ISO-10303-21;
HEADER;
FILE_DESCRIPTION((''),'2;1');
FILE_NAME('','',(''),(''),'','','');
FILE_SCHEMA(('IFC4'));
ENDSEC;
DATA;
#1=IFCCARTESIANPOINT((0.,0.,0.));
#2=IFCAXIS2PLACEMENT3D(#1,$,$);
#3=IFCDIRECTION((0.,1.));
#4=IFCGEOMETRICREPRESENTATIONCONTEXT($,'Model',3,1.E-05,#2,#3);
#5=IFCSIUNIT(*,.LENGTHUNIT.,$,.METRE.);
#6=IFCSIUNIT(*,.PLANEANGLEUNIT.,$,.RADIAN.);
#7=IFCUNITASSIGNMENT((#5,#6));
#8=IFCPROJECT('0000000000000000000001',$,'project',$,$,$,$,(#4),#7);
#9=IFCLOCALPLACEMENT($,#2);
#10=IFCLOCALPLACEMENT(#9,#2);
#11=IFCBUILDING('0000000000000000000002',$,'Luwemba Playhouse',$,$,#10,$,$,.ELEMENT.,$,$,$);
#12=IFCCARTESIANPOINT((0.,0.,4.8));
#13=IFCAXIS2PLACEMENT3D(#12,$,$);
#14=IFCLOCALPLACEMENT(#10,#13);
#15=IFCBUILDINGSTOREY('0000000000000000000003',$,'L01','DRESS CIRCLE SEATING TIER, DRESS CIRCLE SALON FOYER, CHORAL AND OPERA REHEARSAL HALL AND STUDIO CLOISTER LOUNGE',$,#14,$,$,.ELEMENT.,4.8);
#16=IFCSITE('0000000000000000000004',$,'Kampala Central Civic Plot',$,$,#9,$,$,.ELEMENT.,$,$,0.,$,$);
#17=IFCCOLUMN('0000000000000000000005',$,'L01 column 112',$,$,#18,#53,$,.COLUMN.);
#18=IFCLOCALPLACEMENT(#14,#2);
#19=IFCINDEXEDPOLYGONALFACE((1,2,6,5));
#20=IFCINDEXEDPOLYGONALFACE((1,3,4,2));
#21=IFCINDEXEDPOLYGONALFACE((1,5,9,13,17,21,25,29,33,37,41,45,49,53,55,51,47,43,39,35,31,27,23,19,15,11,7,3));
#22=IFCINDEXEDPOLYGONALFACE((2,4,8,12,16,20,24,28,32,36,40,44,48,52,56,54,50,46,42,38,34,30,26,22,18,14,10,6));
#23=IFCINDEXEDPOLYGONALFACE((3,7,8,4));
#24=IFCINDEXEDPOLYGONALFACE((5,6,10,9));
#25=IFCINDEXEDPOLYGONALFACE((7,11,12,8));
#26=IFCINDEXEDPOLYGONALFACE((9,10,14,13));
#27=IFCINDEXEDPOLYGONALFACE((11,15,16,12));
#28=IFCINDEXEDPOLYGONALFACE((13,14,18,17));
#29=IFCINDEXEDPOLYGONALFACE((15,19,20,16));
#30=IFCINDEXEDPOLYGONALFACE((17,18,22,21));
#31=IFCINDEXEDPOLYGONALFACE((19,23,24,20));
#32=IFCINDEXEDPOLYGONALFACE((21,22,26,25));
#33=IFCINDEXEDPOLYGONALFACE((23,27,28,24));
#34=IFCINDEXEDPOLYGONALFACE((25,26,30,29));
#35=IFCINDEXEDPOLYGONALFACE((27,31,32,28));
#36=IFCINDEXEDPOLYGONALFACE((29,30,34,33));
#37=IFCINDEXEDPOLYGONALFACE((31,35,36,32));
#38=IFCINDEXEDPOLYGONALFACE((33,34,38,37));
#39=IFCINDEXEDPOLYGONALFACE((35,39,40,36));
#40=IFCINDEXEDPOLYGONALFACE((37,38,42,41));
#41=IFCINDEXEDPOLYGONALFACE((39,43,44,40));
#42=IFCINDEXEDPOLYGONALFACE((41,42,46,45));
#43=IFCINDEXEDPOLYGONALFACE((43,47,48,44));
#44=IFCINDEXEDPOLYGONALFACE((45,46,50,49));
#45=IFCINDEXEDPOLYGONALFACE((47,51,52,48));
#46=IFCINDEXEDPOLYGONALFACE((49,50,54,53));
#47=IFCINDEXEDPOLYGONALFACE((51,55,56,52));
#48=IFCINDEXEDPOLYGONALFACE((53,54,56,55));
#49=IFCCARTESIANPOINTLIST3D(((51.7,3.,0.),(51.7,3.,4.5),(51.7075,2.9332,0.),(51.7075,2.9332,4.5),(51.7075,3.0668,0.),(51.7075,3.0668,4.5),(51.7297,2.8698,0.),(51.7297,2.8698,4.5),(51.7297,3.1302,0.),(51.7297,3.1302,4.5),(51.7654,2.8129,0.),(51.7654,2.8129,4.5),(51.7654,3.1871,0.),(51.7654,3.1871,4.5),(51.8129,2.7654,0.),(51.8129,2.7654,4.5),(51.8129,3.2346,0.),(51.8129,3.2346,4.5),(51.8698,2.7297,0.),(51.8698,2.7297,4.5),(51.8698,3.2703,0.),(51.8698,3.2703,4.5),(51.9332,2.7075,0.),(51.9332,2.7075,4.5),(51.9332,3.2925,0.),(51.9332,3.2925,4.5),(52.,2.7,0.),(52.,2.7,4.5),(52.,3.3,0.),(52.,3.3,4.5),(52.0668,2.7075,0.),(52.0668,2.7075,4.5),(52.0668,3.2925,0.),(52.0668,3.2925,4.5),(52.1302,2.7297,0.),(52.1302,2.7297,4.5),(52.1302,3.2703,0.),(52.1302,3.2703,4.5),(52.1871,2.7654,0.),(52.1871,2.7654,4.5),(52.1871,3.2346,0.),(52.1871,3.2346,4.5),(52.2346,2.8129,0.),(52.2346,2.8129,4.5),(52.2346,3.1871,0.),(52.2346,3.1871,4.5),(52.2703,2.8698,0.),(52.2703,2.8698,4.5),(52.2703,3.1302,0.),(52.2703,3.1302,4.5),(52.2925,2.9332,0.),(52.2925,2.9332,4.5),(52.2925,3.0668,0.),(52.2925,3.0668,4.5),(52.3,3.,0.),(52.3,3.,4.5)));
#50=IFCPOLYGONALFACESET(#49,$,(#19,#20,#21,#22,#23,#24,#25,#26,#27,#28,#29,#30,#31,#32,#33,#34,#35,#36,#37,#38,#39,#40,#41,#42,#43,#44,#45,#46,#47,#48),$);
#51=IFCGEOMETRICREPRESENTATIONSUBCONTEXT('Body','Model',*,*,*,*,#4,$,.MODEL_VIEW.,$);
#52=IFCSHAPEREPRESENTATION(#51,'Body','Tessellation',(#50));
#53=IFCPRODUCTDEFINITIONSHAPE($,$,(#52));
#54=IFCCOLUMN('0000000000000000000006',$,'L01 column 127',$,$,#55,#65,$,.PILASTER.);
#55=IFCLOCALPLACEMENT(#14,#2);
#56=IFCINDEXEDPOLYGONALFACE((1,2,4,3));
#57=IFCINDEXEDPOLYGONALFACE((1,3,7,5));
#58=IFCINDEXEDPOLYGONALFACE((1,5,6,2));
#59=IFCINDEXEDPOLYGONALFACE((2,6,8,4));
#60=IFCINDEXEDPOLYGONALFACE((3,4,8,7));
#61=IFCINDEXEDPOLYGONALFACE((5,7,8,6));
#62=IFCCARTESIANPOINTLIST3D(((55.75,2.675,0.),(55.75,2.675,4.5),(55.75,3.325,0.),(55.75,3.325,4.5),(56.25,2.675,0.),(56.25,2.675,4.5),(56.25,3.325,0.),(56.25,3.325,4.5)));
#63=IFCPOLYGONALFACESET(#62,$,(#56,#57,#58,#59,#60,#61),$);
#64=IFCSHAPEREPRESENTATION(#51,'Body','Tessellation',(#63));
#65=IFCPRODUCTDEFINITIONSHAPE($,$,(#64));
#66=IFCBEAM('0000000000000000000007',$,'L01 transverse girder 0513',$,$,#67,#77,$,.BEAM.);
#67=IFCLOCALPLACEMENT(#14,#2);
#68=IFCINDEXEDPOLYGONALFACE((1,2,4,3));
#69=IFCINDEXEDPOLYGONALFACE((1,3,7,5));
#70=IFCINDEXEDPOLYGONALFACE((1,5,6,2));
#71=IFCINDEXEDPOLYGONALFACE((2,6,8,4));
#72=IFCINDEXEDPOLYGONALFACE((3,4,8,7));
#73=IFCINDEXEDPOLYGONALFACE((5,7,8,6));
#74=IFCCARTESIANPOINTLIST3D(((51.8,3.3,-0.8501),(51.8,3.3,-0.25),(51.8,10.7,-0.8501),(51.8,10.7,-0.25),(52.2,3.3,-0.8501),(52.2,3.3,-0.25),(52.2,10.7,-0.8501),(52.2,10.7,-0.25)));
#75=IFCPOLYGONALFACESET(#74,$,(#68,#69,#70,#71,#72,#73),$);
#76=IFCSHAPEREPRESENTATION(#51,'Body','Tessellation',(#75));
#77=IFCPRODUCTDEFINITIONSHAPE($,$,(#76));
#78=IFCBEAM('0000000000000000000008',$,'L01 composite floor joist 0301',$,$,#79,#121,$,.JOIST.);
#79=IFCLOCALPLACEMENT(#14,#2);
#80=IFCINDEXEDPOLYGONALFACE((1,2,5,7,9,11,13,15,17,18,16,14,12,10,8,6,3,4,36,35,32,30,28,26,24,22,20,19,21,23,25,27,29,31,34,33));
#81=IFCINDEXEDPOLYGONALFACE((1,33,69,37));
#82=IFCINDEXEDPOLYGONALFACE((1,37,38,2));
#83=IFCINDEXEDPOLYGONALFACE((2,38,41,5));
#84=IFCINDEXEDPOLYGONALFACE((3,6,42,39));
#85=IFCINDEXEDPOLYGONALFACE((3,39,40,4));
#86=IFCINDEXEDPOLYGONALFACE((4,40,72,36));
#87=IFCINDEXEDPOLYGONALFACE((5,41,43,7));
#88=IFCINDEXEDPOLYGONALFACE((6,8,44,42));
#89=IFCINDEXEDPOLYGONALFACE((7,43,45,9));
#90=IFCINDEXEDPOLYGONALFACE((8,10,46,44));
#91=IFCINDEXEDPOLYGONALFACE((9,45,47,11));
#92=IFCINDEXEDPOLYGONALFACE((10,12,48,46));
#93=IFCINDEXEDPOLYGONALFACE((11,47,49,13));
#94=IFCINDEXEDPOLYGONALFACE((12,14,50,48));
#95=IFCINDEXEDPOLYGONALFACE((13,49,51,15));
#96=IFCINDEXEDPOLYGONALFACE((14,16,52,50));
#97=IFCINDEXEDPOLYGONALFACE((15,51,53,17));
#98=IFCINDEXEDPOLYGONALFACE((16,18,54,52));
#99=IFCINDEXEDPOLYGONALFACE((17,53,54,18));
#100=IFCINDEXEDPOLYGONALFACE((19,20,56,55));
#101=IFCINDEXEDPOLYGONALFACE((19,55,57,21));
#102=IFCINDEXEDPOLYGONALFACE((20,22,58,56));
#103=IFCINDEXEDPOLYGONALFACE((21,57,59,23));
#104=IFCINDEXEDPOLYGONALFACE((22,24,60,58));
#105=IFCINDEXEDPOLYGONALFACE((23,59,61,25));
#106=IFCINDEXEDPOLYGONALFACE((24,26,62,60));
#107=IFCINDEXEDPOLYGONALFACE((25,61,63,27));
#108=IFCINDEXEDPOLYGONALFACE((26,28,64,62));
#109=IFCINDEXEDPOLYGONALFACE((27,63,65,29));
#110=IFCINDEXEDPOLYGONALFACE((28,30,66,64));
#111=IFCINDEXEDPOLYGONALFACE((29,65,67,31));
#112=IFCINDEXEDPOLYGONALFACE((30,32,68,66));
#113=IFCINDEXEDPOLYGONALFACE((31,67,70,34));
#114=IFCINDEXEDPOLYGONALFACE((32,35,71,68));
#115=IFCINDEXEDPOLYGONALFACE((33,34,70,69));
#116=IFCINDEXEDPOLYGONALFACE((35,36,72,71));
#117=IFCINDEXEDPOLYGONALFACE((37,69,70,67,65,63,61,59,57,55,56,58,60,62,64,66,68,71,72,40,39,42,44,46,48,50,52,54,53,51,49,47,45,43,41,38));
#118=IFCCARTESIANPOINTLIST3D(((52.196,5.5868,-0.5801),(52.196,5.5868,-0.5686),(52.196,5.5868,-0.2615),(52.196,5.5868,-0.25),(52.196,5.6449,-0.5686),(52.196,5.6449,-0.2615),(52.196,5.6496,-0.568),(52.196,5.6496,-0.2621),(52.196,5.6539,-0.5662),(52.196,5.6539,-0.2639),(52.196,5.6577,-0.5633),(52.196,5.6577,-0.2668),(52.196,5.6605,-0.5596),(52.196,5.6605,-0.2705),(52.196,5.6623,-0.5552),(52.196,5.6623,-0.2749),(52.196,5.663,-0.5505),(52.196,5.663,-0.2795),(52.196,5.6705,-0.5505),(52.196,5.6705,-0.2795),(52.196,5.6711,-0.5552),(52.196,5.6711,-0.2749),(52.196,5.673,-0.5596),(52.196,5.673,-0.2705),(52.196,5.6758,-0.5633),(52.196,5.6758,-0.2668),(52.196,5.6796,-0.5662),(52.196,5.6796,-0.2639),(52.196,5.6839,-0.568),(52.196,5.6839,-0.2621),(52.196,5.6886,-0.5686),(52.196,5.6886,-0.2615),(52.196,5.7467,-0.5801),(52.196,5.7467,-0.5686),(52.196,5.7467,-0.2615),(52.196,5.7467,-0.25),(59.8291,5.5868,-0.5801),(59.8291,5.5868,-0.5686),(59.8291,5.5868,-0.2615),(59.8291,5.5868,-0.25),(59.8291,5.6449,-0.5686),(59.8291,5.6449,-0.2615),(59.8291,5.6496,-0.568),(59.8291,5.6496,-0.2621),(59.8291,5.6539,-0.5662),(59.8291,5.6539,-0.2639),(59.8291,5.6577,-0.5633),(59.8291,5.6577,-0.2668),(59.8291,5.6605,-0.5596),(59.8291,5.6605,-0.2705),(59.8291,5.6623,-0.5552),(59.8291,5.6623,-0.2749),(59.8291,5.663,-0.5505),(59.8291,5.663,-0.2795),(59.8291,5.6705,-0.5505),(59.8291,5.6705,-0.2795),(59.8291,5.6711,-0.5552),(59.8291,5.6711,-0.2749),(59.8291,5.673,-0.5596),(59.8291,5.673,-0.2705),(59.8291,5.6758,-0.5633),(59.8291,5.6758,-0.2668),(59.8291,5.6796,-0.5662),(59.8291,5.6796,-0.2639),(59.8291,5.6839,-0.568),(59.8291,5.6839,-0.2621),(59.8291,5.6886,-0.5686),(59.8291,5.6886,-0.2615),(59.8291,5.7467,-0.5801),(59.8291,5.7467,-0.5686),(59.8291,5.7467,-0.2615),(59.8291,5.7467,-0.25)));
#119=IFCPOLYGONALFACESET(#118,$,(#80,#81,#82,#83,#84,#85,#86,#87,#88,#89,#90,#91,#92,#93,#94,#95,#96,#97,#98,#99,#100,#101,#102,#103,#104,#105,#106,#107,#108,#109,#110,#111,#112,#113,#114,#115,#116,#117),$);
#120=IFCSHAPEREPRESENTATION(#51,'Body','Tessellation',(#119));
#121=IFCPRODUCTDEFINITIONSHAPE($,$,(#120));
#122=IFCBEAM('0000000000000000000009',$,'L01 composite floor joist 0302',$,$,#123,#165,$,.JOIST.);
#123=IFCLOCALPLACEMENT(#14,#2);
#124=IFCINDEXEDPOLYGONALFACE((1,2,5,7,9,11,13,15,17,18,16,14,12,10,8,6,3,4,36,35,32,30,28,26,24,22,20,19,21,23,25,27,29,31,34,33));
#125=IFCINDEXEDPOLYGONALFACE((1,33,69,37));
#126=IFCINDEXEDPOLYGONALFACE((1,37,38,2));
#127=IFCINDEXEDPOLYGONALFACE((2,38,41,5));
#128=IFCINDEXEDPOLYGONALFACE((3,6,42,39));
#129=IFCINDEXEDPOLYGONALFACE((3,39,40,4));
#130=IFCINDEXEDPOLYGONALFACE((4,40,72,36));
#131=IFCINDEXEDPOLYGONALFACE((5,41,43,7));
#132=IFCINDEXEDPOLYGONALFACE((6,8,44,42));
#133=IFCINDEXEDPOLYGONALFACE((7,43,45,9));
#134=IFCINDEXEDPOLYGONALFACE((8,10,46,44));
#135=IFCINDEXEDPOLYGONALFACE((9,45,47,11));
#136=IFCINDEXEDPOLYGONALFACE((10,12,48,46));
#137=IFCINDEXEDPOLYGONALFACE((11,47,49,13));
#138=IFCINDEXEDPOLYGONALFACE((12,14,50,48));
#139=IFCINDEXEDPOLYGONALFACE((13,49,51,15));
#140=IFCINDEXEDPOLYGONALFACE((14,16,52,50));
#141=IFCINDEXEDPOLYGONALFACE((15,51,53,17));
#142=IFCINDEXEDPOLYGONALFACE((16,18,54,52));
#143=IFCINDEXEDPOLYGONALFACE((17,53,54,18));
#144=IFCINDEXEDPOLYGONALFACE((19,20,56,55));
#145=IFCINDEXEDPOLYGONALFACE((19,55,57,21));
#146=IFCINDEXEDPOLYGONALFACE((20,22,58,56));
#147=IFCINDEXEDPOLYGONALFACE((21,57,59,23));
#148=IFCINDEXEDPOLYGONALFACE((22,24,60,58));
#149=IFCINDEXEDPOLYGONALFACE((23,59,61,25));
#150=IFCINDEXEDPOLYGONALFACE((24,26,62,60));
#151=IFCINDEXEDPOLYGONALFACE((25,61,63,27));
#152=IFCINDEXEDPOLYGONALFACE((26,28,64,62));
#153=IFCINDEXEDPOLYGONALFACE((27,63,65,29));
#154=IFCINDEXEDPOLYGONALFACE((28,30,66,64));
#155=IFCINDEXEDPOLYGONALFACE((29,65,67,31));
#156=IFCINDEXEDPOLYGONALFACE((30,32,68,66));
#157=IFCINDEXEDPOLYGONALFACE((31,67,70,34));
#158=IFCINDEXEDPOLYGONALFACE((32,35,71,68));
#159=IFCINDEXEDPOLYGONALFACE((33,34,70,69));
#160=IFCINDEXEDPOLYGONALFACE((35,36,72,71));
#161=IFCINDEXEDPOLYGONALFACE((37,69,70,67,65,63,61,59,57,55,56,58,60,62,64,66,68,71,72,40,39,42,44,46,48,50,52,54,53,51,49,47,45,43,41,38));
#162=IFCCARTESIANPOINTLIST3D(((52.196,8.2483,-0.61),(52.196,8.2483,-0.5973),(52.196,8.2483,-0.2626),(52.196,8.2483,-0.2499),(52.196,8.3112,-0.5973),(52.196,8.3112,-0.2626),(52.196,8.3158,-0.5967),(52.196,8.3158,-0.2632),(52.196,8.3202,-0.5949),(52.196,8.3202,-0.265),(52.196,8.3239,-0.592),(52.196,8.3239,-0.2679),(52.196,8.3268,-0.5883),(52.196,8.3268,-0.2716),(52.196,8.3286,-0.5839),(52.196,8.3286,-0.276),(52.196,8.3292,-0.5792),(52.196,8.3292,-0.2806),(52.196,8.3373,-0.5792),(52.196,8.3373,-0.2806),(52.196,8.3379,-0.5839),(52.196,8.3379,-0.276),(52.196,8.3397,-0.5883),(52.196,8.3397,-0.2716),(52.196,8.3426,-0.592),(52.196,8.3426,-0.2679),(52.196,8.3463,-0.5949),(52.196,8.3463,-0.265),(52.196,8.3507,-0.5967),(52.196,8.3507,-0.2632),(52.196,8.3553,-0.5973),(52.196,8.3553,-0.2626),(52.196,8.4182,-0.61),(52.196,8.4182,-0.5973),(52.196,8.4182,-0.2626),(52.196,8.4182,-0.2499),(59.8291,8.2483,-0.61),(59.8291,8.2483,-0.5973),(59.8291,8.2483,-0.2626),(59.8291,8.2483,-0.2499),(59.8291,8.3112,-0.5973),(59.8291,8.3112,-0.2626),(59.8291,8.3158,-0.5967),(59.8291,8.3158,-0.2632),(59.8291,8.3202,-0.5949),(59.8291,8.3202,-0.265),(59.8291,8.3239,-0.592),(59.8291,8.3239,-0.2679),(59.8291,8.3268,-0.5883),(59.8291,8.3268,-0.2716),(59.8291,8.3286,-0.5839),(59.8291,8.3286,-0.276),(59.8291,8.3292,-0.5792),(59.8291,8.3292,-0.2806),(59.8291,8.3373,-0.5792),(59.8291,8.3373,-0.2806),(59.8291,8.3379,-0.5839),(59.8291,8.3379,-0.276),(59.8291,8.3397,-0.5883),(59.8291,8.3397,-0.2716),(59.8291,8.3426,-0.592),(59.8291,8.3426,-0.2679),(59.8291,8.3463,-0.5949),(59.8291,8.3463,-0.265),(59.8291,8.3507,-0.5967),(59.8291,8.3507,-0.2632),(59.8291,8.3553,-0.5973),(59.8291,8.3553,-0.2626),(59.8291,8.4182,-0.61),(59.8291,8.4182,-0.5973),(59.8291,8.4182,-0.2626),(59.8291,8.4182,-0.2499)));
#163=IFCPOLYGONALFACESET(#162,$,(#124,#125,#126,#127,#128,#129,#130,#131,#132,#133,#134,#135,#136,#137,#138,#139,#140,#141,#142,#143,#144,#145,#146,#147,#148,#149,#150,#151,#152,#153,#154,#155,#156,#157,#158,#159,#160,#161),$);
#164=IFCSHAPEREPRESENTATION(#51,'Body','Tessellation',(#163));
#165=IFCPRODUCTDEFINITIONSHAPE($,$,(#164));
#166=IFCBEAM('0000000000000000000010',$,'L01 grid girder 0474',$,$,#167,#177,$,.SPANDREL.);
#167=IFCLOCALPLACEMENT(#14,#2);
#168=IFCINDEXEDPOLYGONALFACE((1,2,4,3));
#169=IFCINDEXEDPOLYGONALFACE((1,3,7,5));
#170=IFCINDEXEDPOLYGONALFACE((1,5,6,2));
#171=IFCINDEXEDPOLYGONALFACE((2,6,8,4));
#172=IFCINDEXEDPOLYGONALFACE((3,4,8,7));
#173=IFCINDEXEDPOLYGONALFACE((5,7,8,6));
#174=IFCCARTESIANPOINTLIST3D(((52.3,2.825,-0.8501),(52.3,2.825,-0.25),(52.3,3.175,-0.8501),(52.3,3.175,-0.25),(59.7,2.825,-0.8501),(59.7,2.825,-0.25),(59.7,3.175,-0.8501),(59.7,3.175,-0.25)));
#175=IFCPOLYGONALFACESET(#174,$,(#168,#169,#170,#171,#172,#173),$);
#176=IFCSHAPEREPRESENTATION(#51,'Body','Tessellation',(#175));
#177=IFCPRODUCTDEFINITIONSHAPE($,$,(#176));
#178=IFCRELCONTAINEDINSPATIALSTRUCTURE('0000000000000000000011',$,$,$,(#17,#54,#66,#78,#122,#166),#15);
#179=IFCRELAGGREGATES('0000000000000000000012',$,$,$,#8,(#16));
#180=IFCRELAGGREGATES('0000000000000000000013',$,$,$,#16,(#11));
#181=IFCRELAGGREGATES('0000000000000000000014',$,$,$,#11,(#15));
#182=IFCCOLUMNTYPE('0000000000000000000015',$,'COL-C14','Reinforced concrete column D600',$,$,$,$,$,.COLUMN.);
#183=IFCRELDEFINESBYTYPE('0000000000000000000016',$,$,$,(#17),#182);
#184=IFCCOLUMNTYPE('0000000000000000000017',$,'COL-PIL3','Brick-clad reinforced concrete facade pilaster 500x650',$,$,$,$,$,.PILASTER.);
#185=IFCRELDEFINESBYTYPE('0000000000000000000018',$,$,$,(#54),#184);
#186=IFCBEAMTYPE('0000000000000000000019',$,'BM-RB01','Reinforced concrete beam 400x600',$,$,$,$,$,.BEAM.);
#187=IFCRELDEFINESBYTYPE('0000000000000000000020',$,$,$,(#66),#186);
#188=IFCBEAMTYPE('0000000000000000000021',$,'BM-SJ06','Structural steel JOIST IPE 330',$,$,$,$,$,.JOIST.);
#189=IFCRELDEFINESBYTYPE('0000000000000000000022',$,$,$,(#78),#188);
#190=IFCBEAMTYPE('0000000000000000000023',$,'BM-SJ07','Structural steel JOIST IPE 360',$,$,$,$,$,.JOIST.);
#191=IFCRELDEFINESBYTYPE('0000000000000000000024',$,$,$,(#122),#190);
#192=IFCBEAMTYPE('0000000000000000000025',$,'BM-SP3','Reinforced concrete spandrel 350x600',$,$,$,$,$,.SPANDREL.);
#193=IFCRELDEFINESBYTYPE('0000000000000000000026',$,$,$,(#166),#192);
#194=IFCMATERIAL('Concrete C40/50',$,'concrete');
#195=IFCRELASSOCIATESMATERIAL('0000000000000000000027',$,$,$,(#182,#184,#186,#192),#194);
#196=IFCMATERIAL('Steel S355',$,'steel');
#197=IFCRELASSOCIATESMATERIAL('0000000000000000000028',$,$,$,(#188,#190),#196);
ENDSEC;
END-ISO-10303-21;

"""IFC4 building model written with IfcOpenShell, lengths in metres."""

from ifc_helpers import new_model, si_unit, direction, frame, origin, origin_2d, place, context, subcontext, project, spatial, rectangle, circle, i_section, extrude, material, material_profile, profile_set, type_object, element, save


model = new_model("IFC4")

# Units and contexts
model_context = context("Model", 3, precision=1e-05, world=origin(), true_north=direction((0.0, 1.0)))
body_context = subcontext(model_context, "Body", "Model", "MODEL_VIEW")
ifc_project = project(units=[si_unit("LENGTHUNIT", "METRE"), si_unit("PLANEANGLEUNIT", "RADIAN")], contexts=[model_context])

# Site, building, storey
site_placement = place(None, origin())
site = spatial("IfcSite", under=ifc_project, at=site_placement, Name="Kampala Central Civic Plot", CompositionType="ELEMENT", RefElevation=0.0)
building_placement = place(site_placement, origin())
building = spatial("IfcBuilding", under=site, at=building_placement, Name="Luwemba Playhouse", CompositionType="ELEMENT")
storey_placement = place(building_placement, frame((0.0, 0.0, 4.8)))
storey = spatial("IfcBuildingStorey", under=building, at=storey_placement, Name="L01", Description="DRESS CIRCLE SEATING TIER, DRESS CIRCLE SALON FOYER, CHORAL AND OPERA REHEARSAL HALL AND STUDIO CLOISTER LOUNGE", CompositionType="ELEMENT", Elevation=4.8)

# Columns
ifc_material_1 = material(Name="Concrete C40/50", Category="concrete")
ifc_material_profile_1 = material_profile(ifc_material_1, circle(Radius=0.3, at=origin_2d()))
ifc_profile_set_1 = profile_set([ifc_material_profile_1], Name="Concrete C40/50")
column_type_1 = type_object("IfcColumnType", Name="COL-C14", Description="Reinforced concrete column D600", PredefinedType="COLUMN", material=ifc_profile_set_1)
column_1_placement = place(storey_placement, frame((52.0, 3.0, 0.0), z_axis=(0.0, 0.0, 1.0), x_axis=(1.0, 0.0, 0.0)))
element("IfcColumn", 1, at=column_1_placement, inside=storey, type_object=column_type_1, Name="L01 column 112", PredefinedType="COLUMN", context=body_context, shape_type="SweptSolid", body=[
    extrude(circle(Radius=0.3, at=origin_2d()), origin(), (0.0, 0.0, 1.0), 4.5),
])
ifc_material_profile_2 = material_profile(ifc_material_1, rectangle(XDim=0.5, YDim=0.6499, at=origin_2d()))
ifc_profile_set_2 = profile_set([ifc_material_profile_2], Name="Concrete C40/50")
column_type_2 = type_object("IfcColumnType", Name="COL-PIL3", Description="Brick-clad reinforced concrete facade pilaster 500x650", PredefinedType="PILASTER", material=ifc_profile_set_2)
column_2_placement = place(storey_placement, frame((56.0, 3.0, 0.0), z_axis=(0.0, 0.0, 1.0), x_axis=(1.0, 0.0, 0.0)))
element("IfcColumn", 2, at=column_2_placement, inside=storey, type_object=column_type_2, Name="L01 column 127", PredefinedType="PILASTER", context=body_context, shape_type="SweptSolid", body=[
    extrude(rectangle(XDim=0.5, YDim=0.6499, at=origin_2d()), origin(), (0.0, 0.0, 1.0), 4.5),
])

# Beams
ifc_material_profile_3 = material_profile(ifc_material_1, rectangle(XDim=0.3999, YDim=0.6001, at=origin_2d()))
ifc_profile_set_3 = profile_set([ifc_material_profile_3], Name="Concrete C40/50")
beam_type_1 = type_object("IfcBeamType", Name="BM-RB01", Description="Reinforced concrete beam 400x600", PredefinedType="BEAM", material=ifc_profile_set_3)
beam_1_placement = place(storey_placement, frame((52.0, 3.3, -0.55), z_axis=(0.0, 1.0, 0.0), x_axis=(-1.0, 0.0, 0.0)))
element("IfcBeam", 3, at=beam_1_placement, inside=storey, type_object=beam_type_1, Name="L01 transverse girder 0513", PredefinedType="BEAM", context=body_context, shape_type="SweptSolid", body=[
    extrude(rectangle(XDim=0.3999, YDim=0.6001, at=origin_2d()), origin(), (0.0, 0.0, 1.0), 7.3999),
])
ifc_material_2 = material(Name="Steel S355", Category="steel")
ifc_material_profile_4 = material_profile(ifc_material_2, i_section(OverallWidth=0.1599, OverallDepth=0.3301, WebThickness=0.0076, FlangeThickness=0.0115, FilletRadius=0.0181, at=origin_2d()))
ifc_profile_set_4 = profile_set([ifc_material_profile_4], Name="Steel S355")
beam_type_2 = type_object("IfcBeamType", Name="BM-SJ06", Description="Structural steel JOIST IPE 330", PredefinedType="JOIST", material=ifc_profile_set_4)
beam_2_placement = place(storey_placement, frame((52.196, 5.6667, -0.415), z_axis=(1.0, 0.0, 0.0), x_axis=(0.0, 1.0, 0.0)))
element("IfcBeam", 4, at=beam_2_placement, inside=storey, type_object=beam_type_2, Name="L01 composite floor joist 0301", PredefinedType="JOIST", context=body_context, shape_type="SweptSolid", body=[
    extrude(i_section(OverallWidth=0.1599, OverallDepth=0.3301, WebThickness=0.0076, FlangeThickness=0.0115, FilletRadius=0.0181, at=origin_2d()), origin(), (0.0, 0.0, 1.0), 7.6331),
])
ifc_material_profile_5 = material_profile(ifc_material_2, i_section(OverallWidth=0.1699, OverallDepth=0.3601, WebThickness=0.0081, FlangeThickness=0.0127, FilletRadius=0.0181, at=origin_2d()))
ifc_profile_set_5 = profile_set([ifc_material_profile_5], Name="Steel S355")
beam_type_3 = type_object("IfcBeamType", Name="BM-SJ07", Description="Structural steel JOIST IPE 360", PredefinedType="JOIST", material=ifc_profile_set_5)
beam_3_placement = place(storey_placement, frame((52.196, 8.3333, -0.4299), z_axis=(1.0, 0.0, 0.0), x_axis=(0.0, 1.0, 0.0)))
element("IfcBeam", 5, at=beam_3_placement, inside=storey, type_object=beam_type_3, Name="L01 composite floor joist 0302", PredefinedType="JOIST", context=body_context, shape_type="SweptSolid", body=[
    extrude(i_section(OverallWidth=0.1699, OverallDepth=0.3601, WebThickness=0.0081, FlangeThickness=0.0127, FilletRadius=0.0181, at=origin_2d()), origin(), (0.0, 0.0, 1.0), 7.6331),
])
ifc_material_profile_6 = material_profile(ifc_material_1, rectangle(XDim=0.3501, YDim=0.6001, at=origin_2d()))
ifc_profile_set_6 = profile_set([ifc_material_profile_6], Name="Concrete C40/50")
beam_type_4 = type_object("IfcBeamType", Name="BM-SP3", Description="Reinforced concrete spandrel 350x600", PredefinedType="SPANDREL", material=ifc_profile_set_6)
beam_4_placement = place(storey_placement, frame((52.3, 3.0, -0.55), z_axis=(1.0, 0.0, 0.0), x_axis=(0.0, 1.0, 0.0)))
element("IfcBeam", 6, at=beam_4_placement, inside=storey, type_object=beam_type_4, Name="L01 grid girder 0474", PredefinedType="SPANDREL", context=body_context, shape_type="SweptSolid", body=[
    extrude(rectangle(XDim=0.3501, YDim=0.6001, at=origin_2d()), origin(), (0.0, 0.0, 1.0), 7.3999),
])

save(model, "model.ifc")
